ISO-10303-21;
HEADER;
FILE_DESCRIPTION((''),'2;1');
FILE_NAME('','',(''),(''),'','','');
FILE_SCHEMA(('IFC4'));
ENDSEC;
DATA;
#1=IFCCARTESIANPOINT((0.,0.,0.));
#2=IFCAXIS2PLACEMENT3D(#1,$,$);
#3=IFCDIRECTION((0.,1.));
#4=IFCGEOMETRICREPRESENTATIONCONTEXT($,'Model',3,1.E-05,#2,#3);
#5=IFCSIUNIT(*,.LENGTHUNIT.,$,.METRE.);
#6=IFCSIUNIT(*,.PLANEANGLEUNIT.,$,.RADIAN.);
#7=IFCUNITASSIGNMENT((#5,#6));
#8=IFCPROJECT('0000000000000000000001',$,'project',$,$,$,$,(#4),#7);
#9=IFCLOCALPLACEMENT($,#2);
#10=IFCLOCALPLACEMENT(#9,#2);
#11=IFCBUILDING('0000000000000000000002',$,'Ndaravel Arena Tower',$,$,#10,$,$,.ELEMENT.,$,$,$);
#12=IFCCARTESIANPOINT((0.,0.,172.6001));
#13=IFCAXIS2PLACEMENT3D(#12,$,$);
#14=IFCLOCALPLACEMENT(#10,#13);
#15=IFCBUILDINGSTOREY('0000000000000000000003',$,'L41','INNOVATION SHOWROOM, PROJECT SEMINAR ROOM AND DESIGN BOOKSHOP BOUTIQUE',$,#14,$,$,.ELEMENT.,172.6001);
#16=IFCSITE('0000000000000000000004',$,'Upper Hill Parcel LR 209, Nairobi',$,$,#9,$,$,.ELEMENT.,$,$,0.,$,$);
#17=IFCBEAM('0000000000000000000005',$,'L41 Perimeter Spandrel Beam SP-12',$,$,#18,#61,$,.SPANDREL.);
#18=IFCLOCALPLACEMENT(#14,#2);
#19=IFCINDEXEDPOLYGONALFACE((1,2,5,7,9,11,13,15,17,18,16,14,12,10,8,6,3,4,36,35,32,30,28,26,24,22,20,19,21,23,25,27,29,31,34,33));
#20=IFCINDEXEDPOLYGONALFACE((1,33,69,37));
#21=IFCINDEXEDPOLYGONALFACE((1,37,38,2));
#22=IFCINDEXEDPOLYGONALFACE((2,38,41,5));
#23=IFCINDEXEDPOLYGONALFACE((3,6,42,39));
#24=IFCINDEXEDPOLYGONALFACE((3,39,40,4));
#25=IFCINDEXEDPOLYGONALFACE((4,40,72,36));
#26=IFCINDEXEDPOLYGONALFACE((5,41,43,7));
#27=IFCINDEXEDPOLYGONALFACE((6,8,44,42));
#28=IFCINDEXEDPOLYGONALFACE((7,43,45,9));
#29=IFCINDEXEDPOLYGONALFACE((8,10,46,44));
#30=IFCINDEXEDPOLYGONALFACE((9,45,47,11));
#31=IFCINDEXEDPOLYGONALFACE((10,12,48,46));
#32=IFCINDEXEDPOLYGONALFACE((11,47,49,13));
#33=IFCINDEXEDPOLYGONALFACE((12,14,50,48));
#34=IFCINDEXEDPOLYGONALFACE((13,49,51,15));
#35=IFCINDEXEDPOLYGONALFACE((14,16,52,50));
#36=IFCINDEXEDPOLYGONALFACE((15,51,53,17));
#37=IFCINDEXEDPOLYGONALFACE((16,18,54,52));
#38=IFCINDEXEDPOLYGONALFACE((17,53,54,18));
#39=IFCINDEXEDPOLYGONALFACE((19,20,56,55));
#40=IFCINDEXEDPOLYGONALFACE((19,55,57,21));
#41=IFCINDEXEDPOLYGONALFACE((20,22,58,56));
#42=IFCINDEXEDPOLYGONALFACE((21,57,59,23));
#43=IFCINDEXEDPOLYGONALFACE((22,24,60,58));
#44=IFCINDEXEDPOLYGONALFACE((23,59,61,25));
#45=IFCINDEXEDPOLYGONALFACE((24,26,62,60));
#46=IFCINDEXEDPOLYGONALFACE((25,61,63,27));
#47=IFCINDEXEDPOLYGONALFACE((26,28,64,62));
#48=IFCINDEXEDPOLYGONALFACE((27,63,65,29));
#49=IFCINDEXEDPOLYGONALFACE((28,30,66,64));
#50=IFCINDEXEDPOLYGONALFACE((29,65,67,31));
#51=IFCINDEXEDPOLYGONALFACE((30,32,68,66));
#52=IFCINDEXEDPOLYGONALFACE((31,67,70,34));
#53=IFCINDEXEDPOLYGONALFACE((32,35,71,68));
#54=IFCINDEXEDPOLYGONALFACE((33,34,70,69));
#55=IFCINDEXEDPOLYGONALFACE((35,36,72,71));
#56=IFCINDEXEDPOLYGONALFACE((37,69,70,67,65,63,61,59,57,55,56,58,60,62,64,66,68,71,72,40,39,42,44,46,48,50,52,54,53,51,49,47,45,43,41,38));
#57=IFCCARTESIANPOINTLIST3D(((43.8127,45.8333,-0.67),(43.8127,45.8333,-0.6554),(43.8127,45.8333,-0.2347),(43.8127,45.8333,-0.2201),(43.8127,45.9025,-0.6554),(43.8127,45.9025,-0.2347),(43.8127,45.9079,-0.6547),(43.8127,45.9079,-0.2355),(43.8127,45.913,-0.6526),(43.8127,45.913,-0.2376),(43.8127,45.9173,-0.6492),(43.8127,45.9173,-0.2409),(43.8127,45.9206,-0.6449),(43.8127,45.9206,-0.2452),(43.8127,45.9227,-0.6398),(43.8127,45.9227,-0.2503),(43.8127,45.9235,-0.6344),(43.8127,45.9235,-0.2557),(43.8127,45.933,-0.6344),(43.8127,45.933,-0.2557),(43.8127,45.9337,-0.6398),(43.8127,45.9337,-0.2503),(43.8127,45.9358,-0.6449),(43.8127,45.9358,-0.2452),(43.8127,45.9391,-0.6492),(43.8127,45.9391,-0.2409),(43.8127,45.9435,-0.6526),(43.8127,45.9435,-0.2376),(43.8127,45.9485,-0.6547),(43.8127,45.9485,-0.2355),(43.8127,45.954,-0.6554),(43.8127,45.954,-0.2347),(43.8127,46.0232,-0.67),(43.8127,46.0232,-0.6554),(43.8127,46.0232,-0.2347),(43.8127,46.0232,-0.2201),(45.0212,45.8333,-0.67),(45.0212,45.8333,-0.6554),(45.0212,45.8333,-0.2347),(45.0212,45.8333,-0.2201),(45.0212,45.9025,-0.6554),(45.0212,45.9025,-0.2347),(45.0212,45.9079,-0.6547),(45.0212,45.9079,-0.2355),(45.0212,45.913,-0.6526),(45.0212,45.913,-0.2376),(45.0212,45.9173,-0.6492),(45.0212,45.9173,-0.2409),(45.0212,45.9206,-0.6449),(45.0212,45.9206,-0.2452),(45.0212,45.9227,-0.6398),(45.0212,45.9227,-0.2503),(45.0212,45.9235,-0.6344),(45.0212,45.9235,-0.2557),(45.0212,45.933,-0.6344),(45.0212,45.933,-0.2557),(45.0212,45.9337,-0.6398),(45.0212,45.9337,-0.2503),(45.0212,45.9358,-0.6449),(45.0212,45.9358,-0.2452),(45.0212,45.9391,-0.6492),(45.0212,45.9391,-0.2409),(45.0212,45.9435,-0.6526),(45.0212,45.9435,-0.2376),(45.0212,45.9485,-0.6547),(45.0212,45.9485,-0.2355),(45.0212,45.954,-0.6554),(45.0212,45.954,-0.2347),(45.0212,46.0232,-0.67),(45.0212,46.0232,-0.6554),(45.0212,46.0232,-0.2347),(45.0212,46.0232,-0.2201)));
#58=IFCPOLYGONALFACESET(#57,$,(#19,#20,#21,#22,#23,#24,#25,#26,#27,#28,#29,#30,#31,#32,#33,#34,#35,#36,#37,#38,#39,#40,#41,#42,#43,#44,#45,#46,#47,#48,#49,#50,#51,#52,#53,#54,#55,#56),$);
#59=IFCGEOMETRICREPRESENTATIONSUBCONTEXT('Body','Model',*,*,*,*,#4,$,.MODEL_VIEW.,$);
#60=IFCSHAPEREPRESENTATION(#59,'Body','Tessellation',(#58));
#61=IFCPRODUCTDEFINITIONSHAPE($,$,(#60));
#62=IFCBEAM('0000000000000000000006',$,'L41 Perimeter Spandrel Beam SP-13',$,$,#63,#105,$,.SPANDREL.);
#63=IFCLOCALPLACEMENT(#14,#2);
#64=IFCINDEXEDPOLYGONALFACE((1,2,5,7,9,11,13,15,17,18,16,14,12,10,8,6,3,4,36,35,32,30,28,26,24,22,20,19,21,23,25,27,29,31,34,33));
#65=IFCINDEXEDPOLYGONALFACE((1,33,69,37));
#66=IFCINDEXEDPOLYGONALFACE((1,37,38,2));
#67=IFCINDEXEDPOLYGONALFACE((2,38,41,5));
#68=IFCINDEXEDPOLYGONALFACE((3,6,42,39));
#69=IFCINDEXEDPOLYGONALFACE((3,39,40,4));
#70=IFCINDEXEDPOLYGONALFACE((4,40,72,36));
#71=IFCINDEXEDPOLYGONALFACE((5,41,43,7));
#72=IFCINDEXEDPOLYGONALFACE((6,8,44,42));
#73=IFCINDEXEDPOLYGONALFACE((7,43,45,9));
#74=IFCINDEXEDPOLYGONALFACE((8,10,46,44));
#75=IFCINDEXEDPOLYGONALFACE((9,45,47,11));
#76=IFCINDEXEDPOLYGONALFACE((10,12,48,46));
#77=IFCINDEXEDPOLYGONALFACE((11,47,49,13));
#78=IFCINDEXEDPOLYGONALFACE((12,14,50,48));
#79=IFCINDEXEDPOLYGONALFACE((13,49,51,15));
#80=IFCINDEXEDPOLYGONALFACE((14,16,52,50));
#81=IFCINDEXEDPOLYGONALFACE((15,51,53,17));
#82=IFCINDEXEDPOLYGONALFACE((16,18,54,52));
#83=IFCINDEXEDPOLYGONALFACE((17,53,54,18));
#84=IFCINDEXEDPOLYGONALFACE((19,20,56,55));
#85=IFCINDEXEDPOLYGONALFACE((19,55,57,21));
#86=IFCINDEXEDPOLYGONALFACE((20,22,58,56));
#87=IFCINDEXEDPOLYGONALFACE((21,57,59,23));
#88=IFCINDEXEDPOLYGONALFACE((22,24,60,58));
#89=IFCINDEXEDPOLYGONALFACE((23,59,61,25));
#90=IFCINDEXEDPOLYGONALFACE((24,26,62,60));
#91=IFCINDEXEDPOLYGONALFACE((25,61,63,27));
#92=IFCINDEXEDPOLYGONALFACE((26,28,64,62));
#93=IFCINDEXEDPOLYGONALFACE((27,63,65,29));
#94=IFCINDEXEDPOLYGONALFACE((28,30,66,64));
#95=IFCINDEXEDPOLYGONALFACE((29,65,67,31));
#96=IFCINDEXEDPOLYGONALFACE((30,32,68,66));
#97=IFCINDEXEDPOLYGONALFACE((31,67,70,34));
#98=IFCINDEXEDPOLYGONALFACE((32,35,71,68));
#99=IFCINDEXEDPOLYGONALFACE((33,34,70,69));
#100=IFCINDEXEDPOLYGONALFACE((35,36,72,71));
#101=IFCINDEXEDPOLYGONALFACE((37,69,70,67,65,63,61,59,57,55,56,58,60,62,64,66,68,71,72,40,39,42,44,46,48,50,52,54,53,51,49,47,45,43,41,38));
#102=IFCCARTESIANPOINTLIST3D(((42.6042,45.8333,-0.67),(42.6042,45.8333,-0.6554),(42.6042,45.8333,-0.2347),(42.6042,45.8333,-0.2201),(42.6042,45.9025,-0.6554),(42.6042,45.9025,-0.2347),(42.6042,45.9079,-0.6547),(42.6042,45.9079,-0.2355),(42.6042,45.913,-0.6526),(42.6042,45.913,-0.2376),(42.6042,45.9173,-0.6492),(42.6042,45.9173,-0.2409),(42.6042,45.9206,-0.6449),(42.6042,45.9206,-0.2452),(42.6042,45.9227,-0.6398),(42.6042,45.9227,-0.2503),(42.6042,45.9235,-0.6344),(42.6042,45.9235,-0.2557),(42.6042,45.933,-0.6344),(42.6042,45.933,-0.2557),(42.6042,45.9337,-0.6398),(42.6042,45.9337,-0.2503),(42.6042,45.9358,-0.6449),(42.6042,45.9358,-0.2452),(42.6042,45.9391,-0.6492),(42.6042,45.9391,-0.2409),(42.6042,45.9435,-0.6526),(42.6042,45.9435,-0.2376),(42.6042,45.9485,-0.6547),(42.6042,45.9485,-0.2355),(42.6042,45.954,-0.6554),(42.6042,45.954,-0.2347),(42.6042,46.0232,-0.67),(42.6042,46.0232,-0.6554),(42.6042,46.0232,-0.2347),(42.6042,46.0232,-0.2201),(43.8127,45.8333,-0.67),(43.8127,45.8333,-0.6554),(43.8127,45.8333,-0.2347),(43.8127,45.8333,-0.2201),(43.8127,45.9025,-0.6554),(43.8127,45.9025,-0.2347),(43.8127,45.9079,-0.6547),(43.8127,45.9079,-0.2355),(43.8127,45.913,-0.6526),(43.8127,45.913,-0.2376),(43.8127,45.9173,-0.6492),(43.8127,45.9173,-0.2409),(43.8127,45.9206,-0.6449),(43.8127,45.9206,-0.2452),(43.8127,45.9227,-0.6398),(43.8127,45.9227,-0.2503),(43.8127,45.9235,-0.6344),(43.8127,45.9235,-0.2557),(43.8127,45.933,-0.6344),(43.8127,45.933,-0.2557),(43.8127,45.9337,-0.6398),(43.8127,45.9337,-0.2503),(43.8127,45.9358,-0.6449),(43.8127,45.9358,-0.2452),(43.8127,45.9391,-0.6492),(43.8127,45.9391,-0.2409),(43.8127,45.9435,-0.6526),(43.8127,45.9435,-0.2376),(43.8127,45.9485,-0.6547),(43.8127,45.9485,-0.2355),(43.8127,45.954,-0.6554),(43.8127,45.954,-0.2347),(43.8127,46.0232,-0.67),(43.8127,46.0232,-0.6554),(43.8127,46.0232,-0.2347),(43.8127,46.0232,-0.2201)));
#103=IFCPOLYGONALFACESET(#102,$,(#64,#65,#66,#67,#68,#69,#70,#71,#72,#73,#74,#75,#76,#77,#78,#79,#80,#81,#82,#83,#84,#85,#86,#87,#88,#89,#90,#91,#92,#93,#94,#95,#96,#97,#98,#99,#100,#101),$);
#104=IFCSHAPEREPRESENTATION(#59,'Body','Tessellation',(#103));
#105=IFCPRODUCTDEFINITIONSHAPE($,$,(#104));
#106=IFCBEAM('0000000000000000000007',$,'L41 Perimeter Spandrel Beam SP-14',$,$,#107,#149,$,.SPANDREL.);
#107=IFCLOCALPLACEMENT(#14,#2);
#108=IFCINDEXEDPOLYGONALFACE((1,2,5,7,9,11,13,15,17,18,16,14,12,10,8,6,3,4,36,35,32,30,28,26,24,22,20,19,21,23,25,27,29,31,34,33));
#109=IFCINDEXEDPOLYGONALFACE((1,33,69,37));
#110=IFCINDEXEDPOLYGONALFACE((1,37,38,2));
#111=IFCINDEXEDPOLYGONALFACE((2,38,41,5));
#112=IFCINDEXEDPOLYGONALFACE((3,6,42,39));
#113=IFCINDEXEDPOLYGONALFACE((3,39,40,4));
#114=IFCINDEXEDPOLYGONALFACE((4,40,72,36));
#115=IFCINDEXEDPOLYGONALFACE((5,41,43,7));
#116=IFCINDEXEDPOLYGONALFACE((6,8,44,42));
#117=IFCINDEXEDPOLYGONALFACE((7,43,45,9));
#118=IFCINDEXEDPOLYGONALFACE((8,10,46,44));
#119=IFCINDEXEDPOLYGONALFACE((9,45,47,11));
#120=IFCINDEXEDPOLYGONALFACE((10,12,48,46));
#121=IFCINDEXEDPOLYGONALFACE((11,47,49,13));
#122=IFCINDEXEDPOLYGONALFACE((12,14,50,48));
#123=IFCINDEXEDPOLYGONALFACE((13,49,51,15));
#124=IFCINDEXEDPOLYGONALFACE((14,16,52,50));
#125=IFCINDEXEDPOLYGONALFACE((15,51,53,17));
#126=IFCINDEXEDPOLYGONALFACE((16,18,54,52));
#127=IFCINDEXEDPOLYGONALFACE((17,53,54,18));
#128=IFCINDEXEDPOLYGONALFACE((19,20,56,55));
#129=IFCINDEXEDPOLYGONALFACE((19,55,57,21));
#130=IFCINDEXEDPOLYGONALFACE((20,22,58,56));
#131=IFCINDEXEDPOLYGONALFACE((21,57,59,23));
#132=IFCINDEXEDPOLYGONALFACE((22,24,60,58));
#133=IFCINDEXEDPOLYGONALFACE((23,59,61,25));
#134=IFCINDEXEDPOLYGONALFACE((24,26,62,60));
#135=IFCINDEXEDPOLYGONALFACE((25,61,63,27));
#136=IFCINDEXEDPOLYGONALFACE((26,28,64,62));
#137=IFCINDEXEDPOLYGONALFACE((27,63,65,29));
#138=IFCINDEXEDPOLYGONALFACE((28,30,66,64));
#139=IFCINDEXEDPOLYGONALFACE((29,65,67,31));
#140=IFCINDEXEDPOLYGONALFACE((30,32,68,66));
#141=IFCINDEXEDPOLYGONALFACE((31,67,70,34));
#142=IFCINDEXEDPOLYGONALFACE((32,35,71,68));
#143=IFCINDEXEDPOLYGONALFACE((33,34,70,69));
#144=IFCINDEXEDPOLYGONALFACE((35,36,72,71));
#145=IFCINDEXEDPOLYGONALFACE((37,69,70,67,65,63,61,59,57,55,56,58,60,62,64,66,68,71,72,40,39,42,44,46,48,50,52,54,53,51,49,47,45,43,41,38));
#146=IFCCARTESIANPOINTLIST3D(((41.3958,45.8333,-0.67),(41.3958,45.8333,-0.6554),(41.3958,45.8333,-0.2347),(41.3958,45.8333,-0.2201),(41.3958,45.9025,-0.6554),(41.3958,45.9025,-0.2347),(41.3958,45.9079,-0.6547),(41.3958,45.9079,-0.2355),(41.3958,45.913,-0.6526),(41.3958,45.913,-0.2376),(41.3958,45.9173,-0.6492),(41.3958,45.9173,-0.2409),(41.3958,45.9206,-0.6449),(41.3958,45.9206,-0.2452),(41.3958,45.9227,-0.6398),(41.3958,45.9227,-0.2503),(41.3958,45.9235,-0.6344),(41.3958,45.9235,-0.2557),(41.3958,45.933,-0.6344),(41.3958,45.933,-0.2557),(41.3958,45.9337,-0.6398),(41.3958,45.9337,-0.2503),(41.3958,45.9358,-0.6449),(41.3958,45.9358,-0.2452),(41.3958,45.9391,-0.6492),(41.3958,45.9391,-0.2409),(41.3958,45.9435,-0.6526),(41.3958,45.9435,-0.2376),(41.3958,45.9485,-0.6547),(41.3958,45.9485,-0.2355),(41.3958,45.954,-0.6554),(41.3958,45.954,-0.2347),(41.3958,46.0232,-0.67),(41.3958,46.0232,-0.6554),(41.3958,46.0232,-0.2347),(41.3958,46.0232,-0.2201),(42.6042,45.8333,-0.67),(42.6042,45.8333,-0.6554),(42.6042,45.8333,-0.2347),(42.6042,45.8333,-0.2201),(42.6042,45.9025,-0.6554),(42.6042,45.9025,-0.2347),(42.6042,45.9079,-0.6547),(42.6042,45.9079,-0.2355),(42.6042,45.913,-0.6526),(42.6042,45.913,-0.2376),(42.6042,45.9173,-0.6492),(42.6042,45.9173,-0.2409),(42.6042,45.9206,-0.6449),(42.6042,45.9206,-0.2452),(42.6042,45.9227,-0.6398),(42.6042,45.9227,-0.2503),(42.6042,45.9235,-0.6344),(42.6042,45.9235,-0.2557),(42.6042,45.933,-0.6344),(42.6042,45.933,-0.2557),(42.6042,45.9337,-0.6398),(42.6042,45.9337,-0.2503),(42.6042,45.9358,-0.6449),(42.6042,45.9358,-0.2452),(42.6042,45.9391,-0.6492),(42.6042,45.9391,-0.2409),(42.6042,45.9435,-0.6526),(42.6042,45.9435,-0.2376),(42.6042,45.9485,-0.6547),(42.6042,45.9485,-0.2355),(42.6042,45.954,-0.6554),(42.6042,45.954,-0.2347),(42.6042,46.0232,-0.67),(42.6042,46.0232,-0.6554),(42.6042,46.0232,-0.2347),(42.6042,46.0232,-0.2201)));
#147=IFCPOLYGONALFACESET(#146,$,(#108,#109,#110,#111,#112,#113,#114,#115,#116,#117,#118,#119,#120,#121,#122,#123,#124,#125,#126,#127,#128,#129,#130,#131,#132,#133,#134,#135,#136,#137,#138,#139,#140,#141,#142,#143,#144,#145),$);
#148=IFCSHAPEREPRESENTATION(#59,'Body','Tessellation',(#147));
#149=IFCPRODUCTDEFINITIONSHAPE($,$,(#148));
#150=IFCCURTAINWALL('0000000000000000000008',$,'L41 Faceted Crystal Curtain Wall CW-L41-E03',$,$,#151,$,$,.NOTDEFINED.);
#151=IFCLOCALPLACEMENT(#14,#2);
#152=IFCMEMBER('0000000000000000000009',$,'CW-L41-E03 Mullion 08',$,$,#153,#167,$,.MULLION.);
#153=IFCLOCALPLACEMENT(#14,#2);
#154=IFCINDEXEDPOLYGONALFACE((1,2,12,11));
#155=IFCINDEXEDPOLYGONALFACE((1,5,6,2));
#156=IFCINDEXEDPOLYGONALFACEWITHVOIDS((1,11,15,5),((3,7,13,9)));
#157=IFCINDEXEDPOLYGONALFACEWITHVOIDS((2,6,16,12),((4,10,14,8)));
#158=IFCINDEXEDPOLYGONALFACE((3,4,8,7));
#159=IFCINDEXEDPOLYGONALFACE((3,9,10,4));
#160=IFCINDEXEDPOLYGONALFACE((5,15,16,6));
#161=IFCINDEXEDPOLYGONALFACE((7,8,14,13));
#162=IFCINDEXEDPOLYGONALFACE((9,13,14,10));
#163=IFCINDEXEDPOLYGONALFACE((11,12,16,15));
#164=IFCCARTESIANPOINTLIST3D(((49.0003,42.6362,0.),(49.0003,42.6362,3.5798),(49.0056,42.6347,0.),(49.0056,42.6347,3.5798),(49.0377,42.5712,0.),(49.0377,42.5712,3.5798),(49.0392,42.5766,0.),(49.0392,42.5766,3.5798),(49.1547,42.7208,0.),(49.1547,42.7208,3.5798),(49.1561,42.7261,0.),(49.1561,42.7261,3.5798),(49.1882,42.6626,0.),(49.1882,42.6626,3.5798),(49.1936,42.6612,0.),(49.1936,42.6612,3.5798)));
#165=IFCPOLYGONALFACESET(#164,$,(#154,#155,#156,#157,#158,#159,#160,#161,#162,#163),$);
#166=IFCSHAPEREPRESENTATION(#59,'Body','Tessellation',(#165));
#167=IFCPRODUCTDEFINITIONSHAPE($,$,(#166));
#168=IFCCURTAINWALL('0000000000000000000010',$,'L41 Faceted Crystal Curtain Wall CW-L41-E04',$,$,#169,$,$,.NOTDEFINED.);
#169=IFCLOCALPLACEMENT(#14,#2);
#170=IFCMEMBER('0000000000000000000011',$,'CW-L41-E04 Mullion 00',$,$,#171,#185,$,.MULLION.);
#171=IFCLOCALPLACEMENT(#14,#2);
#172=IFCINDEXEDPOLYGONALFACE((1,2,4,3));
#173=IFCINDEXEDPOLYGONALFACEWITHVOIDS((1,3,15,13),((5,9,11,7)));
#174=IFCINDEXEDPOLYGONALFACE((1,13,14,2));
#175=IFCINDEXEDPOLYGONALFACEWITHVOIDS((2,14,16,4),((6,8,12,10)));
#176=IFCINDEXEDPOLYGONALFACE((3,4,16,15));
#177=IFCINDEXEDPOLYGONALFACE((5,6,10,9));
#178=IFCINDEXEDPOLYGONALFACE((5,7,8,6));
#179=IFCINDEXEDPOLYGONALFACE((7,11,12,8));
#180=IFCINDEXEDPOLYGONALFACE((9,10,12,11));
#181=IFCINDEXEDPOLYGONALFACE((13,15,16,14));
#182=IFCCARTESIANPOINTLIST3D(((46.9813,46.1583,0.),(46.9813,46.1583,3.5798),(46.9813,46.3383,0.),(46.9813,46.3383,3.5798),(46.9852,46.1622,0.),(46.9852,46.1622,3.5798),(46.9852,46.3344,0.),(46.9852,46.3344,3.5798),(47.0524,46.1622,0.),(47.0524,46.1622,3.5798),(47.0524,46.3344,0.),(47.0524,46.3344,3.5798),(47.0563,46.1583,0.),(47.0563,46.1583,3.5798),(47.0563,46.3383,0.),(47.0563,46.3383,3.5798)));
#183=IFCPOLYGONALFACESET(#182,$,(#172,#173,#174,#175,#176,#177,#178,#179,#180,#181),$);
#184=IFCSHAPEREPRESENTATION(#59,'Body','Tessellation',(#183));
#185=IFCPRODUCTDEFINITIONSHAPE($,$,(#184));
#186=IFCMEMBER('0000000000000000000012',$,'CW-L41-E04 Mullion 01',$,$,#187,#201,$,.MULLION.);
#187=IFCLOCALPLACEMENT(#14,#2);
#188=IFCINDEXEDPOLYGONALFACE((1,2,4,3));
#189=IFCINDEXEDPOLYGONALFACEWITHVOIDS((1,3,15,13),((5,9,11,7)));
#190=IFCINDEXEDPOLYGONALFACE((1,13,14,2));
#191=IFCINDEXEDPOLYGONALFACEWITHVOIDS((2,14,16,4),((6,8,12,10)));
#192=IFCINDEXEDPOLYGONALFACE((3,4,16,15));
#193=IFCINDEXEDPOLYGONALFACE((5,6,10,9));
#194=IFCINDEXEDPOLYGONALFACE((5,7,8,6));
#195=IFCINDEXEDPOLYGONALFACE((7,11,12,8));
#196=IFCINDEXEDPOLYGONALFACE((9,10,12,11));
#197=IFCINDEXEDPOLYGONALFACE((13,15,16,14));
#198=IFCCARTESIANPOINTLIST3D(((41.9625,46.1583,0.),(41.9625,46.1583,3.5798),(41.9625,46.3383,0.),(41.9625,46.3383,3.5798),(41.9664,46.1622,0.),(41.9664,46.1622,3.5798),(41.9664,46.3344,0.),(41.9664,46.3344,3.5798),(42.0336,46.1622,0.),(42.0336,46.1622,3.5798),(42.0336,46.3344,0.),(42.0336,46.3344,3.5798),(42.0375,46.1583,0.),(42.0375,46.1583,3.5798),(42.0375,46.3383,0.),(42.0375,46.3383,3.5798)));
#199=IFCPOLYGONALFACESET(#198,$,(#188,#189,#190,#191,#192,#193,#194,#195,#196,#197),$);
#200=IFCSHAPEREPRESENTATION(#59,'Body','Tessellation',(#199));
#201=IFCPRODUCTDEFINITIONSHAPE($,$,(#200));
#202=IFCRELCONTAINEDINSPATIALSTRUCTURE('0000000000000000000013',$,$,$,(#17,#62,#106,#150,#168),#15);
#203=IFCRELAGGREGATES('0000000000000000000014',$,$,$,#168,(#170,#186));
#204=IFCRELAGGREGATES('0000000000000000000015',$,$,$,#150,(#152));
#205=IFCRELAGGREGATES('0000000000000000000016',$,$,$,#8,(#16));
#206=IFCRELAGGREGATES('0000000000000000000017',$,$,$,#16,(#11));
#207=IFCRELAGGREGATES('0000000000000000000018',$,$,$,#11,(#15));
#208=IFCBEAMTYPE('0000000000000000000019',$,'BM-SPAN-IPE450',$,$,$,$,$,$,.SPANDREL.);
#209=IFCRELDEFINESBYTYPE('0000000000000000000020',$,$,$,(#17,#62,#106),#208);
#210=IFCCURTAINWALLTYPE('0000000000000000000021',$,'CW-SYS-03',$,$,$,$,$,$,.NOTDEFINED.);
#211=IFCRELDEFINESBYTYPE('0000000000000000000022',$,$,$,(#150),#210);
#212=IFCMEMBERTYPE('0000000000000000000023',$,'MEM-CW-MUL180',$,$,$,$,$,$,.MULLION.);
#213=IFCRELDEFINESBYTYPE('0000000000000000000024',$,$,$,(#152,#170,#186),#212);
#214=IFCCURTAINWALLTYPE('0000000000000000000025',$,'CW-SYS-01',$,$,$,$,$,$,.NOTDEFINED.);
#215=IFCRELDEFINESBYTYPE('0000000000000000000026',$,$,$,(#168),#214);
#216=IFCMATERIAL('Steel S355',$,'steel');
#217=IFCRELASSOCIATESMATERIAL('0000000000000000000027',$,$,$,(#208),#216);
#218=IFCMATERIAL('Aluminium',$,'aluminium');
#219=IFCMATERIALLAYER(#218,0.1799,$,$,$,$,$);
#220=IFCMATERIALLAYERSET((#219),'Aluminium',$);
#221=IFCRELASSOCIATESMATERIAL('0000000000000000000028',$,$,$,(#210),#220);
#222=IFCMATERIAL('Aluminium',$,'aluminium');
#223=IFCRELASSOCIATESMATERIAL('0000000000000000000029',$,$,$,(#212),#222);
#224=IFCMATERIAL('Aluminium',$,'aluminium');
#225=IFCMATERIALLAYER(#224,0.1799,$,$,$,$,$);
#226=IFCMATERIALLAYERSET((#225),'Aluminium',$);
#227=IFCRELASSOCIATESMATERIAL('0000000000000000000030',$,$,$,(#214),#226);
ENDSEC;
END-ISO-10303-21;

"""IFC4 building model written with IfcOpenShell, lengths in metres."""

from ifc_helpers import new_model, si_unit, direction, frame, origin, origin_2d, place, context, subcontext, project, spatial, hollow_rectangle, i_section, extrude, material, layer, layer_set, material_profile, profile_set, type_object, element, aggregate, save


model = new_model("IFC4")

# Units and contexts
model_context = context("Model", 3, precision=1e-05, world=origin(), true_north=direction((0.0, 1.0)))
body_context = subcontext(model_context, "Body", "Model", "MODEL_VIEW")
ifc_project = project(units=[si_unit("LENGTHUNIT", "METRE"), si_unit("PLANEANGLEUNIT", "RADIAN")], contexts=[model_context])

# Site, building, storey
site_placement = place(None, origin())
site = spatial("IfcSite", under=ifc_project, at=site_placement, Name="Upper Hill Parcel LR 209, Nairobi", CompositionType="ELEMENT", RefElevation=0.0)
building_placement = place(site_placement, origin())
building = spatial("IfcBuilding", under=site, at=building_placement, Name="Ndaravel Arena Tower", CompositionType="ELEMENT")
storey_placement = place(building_placement, frame((0.0, 0.0, 172.6001)))
storey = spatial("IfcBuildingStorey", under=building, at=storey_placement, Name="L41", Description="INNOVATION SHOWROOM, PROJECT SEMINAR ROOM AND DESIGN BOOKSHOP BOUTIQUE", CompositionType="ELEMENT", Elevation=172.6001)

# Beams
ifc_material_1 = material(Name="Steel S355", Category="steel")
ifc_material_profile_1 = material_profile(ifc_material_1, i_section(OverallWidth=0.1899, OverallDepth=0.45, WebThickness=0.0095, FlangeThickness=0.0146, FilletRadius=0.021, at=origin_2d()), Name="IPE 450")
ifc_profile_set_1 = profile_set([ifc_material_profile_1], Name="Steel S355")
beam_type_1 = type_object("IfcBeamType", Name="BM-SPAN-IPE450", PredefinedType="SPANDREL", material=ifc_profile_set_1)
for number, where, z_axis, x_axis, name in (
    (1, (45.0212, 45.9282, -0.4451), (-1.0, 0.0, 0.0), (0.0, -1.0, 0.0), "L41 Perimeter Spandrel Beam SP-12"),
    (2, (43.8127, 45.9282, -0.4451), (-1.0, 0.0, 0.0), (0.0, -1.0, 0.0), "L41 Perimeter Spandrel Beam SP-13"),
    (3, (42.6042, 45.9282, -0.4451), (-1.0, 0.0, 0.0), (0.0, -1.0, 0.0), "L41 Perimeter Spandrel Beam SP-14"),
):
    element("IfcBeam", number, at=place(storey_placement, frame(where, z_axis=z_axis, x_axis=x_axis)), inside=storey, type_object=beam_type_1, Name=name, PredefinedType="SPANDREL", context=body_context, shape_type="SweptSolid", body=[
        extrude(i_section(OverallWidth=0.1899, OverallDepth=0.45, WebThickness=0.0095, FlangeThickness=0.0146, FilletRadius=0.021, at=origin_2d()), origin(), (0.0, 0.0, 1.0), 1.2085),
    ])

# Curtain wall, member
ifc_material_2 = material(Name="Aluminium", Category="aluminium")
ifc_layer_1 = layer(ifc_material_2, 0.1799)
ifc_layer_set_1 = layer_set([ifc_layer_1], Name="Aluminium")
curtain_wall_type_1 = type_object("IfcCurtainWallType", Name="CW-SYS-03", PredefinedType="NOTDEFINED", material=ifc_layer_set_1)
curtain_wall_1_placement = place(storey_placement, origin())
curtain_wall_1 = element("IfcCurtainWall", 4, at=curtain_wall_1_placement, inside=storey, type_object=curtain_wall_type_1, Name="L41 Faceted Crystal Curtain Wall CW-L41-E03", PredefinedType="NOTDEFINED")
ifc_material_3 = material(Name="Aluminium", Category="aluminium")
ifc_material_profile_2 = material_profile(ifc_material_3, hollow_rectangle(XDim=0.075, YDim=0.1799, WallThickness=0.0039, at=origin_2d()), Name="CW MULLION 75x180x4")
ifc_profile_set_2 = profile_set([ifc_material_profile_2], Name="Aluminium")
member_type_1 = type_object("IfcMemberType", Name="MEM-CW-MUL180", PredefinedType="MULLION", material=ifc_profile_set_2)
member_1_placement = place(storey_placement, frame((49.0969, 42.6487, 0.0), z_axis=(0.0, 0.0, 1.0), x_axis=(-0.5, 0.866025, 0.0)))
member_1 = element("IfcMember", 5, at=member_1_placement, type_object=member_type_1, Name="CW-L41-E03 Mullion 08", PredefinedType="MULLION", context=body_context, shape_type="SweptSolid", body=[
    extrude(hollow_rectangle(XDim=0.075, YDim=0.1799, WallThickness=0.0039, at=origin_2d()), origin(), (0.0, 0.0, 1.0), 3.5798),
])

# Curtain wall, members
ifc_material_4 = material(Name="Aluminium", Category="aluminium")
ifc_layer_2 = layer(ifc_material_4, 0.1799)
ifc_layer_set_2 = layer_set([ifc_layer_2], Name="Aluminium")
curtain_wall_type_2 = type_object("IfcCurtainWallType", Name="CW-SYS-01", PredefinedType="NOTDEFINED", material=ifc_layer_set_2)
curtain_wall_2_placement = place(storey_placement, origin())
curtain_wall_2 = element("IfcCurtainWall", 6, at=curtain_wall_2_placement, inside=storey, type_object=curtain_wall_type_2, Name="L41 Faceted Crystal Curtain Wall CW-L41-E04", PredefinedType="NOTDEFINED")
member_2_placement = place(storey_placement, frame((47.0188, 46.2483, 0.0), z_axis=(0.0, 0.0, 1.0), x_axis=(-1.0, 0.0, 0.0)))
member_2 = element("IfcMember", 7, at=member_2_placement, type_object=member_type_1, Name="CW-L41-E04 Mullion 00", PredefinedType="MULLION", context=body_context, shape_type="SweptSolid", body=[
    extrude(hollow_rectangle(XDim=0.075, YDim=0.1799, WallThickness=0.0039, at=origin_2d()), origin(), (0.0, 0.0, 1.0), 3.5798),
])
member_3_placement = place(storey_placement, frame((42.0, 46.2483, 0.0), z_axis=(0.0, 0.0, 1.0), x_axis=(-1.0, 0.0, 0.0)))
member_3 = element("IfcMember", 8, at=member_3_placement, type_object=member_type_1, Name="CW-L41-E04 Mullion 01", PredefinedType="MULLION", context=body_context, shape_type="SweptSolid", body=[
    extrude(hollow_rectangle(XDim=0.075, YDim=0.1799, WallThickness=0.0039, at=origin_2d()), origin(), (0.0, 0.0, 1.0), 3.5798),
])
aggregate(curtain_wall_2, [member_2, member_3])

aggregate(curtain_wall_1, [member_1])

save(model, "model.ifc")
